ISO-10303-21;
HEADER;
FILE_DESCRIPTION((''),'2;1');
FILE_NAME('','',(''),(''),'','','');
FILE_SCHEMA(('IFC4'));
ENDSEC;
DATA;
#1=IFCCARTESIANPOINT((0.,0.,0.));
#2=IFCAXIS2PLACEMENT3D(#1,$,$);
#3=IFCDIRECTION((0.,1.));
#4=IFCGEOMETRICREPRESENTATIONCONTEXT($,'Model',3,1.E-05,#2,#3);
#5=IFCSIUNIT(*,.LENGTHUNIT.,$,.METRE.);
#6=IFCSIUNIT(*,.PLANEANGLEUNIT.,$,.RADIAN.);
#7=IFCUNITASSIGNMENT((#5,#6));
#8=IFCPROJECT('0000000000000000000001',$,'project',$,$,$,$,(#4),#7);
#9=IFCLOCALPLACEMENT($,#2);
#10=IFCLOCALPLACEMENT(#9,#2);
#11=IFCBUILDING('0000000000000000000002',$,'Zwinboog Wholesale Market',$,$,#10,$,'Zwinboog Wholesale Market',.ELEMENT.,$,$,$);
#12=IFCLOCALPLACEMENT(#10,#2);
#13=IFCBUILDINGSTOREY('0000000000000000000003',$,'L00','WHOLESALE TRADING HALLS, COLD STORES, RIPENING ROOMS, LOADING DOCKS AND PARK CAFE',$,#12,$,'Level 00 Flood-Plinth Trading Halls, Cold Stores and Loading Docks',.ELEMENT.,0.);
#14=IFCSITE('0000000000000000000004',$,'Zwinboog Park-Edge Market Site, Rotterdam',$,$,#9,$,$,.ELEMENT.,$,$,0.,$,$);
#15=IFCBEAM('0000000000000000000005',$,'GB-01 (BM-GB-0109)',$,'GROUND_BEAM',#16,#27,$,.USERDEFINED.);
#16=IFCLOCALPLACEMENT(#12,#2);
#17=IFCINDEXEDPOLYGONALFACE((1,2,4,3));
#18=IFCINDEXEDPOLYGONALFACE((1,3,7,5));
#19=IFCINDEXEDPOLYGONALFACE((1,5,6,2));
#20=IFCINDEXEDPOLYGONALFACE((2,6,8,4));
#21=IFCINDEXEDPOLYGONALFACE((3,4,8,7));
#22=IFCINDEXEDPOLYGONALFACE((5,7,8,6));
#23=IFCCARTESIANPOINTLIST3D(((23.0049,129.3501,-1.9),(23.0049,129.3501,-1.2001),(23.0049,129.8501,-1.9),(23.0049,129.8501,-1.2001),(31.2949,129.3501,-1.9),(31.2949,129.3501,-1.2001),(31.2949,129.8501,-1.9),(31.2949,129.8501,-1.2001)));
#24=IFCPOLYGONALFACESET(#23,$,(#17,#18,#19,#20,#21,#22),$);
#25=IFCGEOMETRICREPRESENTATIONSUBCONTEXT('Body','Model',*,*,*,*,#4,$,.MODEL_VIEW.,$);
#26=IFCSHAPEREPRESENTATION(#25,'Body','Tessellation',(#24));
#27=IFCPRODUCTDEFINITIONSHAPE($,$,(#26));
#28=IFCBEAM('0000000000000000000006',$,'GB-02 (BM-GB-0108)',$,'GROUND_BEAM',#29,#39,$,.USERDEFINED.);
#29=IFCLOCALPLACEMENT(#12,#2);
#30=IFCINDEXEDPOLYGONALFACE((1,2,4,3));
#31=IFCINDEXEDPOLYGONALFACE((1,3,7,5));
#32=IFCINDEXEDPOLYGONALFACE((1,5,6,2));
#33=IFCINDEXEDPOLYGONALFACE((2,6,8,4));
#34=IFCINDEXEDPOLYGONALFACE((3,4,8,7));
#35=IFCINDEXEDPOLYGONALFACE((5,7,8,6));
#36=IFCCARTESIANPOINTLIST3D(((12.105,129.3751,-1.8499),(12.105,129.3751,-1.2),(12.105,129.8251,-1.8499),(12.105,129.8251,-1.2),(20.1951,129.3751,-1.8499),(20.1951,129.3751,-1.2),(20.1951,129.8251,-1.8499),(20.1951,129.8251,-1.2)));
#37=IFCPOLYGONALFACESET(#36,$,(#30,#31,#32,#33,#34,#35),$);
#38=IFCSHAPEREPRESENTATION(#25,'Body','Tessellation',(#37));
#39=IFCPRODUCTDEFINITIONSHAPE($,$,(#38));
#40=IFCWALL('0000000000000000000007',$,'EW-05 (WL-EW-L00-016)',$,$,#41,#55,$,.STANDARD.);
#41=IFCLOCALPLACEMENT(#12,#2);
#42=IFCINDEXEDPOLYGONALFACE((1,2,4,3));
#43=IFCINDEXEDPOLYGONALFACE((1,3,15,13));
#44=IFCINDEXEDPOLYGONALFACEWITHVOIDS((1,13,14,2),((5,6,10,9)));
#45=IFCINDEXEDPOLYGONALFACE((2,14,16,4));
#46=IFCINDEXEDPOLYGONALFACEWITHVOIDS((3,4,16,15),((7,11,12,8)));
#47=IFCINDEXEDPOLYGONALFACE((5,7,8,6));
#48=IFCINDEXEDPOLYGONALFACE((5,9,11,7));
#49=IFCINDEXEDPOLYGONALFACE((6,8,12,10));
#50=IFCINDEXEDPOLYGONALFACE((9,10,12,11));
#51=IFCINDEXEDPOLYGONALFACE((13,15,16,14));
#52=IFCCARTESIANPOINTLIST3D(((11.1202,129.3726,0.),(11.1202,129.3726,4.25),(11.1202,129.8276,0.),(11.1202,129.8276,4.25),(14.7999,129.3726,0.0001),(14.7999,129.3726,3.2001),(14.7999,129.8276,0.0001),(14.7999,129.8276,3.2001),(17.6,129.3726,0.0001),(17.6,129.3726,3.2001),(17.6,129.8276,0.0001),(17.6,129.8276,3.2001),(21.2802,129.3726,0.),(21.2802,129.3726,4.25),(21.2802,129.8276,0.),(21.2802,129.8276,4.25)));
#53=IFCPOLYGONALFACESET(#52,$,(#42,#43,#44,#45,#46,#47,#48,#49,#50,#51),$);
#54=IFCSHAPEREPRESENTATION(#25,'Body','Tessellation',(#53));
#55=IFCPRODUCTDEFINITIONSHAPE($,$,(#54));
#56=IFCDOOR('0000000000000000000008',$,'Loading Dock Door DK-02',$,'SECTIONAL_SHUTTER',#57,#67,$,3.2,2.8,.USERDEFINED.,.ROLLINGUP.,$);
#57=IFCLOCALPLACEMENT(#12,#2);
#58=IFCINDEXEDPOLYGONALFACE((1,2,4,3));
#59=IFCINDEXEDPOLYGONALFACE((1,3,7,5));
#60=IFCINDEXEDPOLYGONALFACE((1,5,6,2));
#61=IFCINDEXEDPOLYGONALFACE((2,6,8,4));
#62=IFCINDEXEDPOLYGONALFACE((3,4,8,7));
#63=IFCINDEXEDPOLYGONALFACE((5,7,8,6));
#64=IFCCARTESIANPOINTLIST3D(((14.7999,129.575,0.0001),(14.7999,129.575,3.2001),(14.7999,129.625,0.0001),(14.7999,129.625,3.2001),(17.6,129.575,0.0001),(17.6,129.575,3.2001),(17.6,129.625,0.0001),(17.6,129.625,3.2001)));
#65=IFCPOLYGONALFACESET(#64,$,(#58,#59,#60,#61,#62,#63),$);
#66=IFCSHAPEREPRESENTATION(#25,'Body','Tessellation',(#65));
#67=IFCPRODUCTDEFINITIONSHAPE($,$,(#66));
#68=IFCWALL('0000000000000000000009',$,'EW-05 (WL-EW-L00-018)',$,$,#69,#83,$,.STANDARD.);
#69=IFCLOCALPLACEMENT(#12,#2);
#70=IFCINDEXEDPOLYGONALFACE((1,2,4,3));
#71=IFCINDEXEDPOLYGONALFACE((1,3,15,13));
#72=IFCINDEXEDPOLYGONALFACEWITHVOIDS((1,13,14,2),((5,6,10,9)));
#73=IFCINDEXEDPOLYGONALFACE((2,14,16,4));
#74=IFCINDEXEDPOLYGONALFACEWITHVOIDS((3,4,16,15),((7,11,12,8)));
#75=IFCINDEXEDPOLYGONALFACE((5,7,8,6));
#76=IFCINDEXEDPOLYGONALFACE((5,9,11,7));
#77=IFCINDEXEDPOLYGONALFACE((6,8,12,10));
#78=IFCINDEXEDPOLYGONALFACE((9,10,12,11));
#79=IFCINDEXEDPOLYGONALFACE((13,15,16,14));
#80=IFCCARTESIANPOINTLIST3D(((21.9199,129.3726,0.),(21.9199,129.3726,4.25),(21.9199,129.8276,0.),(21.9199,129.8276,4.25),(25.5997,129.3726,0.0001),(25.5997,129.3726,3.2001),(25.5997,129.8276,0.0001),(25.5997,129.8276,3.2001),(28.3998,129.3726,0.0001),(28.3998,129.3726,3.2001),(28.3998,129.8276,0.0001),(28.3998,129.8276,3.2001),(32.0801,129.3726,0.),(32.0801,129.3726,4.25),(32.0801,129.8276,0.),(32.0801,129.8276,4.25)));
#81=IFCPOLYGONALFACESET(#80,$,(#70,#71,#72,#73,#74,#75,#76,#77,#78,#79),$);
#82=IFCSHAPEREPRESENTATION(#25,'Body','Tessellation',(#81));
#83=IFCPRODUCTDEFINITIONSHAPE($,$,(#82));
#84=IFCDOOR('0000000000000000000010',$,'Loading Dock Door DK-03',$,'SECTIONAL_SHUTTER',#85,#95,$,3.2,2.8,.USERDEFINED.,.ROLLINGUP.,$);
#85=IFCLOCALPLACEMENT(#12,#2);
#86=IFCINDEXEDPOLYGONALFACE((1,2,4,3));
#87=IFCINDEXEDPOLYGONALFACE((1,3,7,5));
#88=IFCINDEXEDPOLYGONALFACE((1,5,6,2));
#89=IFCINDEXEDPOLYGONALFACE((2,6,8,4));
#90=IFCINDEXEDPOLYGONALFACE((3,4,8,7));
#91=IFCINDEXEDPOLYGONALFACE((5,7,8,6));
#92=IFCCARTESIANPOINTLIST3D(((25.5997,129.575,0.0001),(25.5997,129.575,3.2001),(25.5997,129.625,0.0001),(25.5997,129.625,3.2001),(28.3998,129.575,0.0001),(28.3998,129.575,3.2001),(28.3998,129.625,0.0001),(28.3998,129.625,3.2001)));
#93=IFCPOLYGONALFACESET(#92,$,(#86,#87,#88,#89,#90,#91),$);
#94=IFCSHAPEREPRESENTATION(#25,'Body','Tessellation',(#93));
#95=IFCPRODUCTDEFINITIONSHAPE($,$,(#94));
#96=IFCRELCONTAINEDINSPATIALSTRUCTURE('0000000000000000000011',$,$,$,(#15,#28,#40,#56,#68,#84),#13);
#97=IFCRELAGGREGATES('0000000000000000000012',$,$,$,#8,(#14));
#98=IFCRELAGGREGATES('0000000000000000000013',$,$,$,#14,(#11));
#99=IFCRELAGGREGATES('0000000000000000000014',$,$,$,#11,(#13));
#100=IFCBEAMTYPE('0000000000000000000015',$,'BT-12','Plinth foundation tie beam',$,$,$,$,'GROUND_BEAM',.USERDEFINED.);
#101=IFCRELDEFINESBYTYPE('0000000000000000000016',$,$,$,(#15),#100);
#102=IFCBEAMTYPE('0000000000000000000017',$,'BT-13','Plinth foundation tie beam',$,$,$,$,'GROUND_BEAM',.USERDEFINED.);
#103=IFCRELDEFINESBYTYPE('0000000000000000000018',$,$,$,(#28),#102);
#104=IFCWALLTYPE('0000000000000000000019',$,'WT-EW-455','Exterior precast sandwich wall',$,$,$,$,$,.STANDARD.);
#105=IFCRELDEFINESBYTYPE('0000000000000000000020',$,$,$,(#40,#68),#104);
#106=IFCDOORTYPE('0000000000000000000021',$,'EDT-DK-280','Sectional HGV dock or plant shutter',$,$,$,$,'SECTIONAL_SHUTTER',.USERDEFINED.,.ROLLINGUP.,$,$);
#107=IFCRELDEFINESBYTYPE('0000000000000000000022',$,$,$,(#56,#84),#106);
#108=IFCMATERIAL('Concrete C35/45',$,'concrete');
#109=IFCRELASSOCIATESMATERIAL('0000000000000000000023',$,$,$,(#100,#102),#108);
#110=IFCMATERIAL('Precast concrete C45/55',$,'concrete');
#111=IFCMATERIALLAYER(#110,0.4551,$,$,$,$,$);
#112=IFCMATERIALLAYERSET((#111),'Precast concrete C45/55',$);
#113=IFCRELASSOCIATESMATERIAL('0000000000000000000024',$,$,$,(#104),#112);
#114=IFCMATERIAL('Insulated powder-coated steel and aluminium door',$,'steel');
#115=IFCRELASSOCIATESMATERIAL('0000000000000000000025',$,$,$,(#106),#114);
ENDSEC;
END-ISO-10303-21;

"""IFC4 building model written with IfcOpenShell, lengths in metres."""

from ifc_helpers import new_model, si_unit, direction, frame, frame_2d, origin, origin_2d, place, context, subcontext, project, spatial, rectangle, extrude, material, layer, layer_set, material_profile, profile_set, type_object, element, fill, save


model = new_model("IFC4")

# Units and contexts
model_context = context("Model", 3, precision=1e-05, world=origin(), true_north=direction((0.0, 1.0)))
body_context = subcontext(model_context, "Body", "Model", "MODEL_VIEW")
ifc_project = project(units=[si_unit("LENGTHUNIT", "METRE"), si_unit("PLANEANGLEUNIT", "RADIAN")], contexts=[model_context])

# Site, building, storey
site_placement = place(None, origin())
site = spatial("IfcSite", under=ifc_project, at=site_placement, Name="Zwinboog Park-Edge Market Site, Rotterdam", CompositionType="ELEMENT", RefElevation=0.0)
building_placement = place(site_placement, origin())
building = spatial("IfcBuilding", under=site, at=building_placement, Name="Zwinboog Wholesale Market", LongName="Zwinboog Wholesale Market", CompositionType="ELEMENT")
storey_placement = place(building_placement, origin())
storey = spatial("IfcBuildingStorey", under=building, at=storey_placement, Name="L00", Description="WHOLESALE TRADING HALLS, COLD STORES, RIPENING ROOMS, LOADING DOCKS AND PARK CAFE", LongName="Level 00 Flood-Plinth Trading Halls, Cold Stores and Loading Docks", CompositionType="ELEMENT", Elevation=0.0)

# Shared definitions
ifc_material_1 = material(Name="Concrete C35/45", Category="concrete")

# Shared definitions
ifc_material_2 = material(Name="Precast concrete C45/55", Category="concrete")

# Beams
ifc_material_profile_1 = material_profile(ifc_material_1, rectangle(XDim=0.5, YDim=0.7, at=origin_2d()), Name="RC 500x700")
ifc_profile_set_1 = profile_set([ifc_material_profile_1], Name="Concrete C35/45")
beam_type_1 = type_object("IfcBeamType", Name="BT-12", Description="Plinth foundation tie beam", ElementType="GROUND_BEAM", PredefinedType="USERDEFINED", material=ifc_profile_set_1)
beam_1_placement = place(storey_placement, frame((23.0049, 129.6001, -1.55), z_axis=(1.0, 0.0, 0.0), x_axis=(0.0, 1.0, 0.0)))
element("IfcBeam", 1, at=beam_1_placement, inside=storey, type_object=beam_type_1, Name="GB-01 (BM-GB-0109)", ObjectType="GROUND_BEAM", PredefinedType="USERDEFINED", context=body_context, shape_type="SweptSolid", body=[
    extrude(rectangle(XDim=0.5, YDim=0.7, at=origin_2d()), origin(), (0.0, 0.0, 1.0), 8.29),
])
ifc_material_profile_2 = material_profile(ifc_material_1, rectangle(XDim=0.45, YDim=0.6499, at=origin_2d()), Name="RC 450x650")
ifc_profile_set_2 = profile_set([ifc_material_profile_2], Name="Concrete C35/45")
beam_type_2 = type_object("IfcBeamType", Name="BT-13", Description="Plinth foundation tie beam", ElementType="GROUND_BEAM", PredefinedType="USERDEFINED", material=ifc_profile_set_2)
beam_2_placement = place(storey_placement, frame((12.105, 129.6001, -1.5249), z_axis=(1.0, 0.0, 0.0), x_axis=(0.0, 1.0, 0.0)))
element("IfcBeam", 2, at=beam_2_placement, inside=storey, type_object=beam_type_2, Name="GB-02 (BM-GB-0108)", ObjectType="GROUND_BEAM", PredefinedType="USERDEFINED", context=body_context, shape_type="SweptSolid", body=[
    extrude(rectangle(XDim=0.45, YDim=0.6499, at=origin_2d()), origin(), (0.0, 0.0, 1.0), 8.0901),
])

# Walls, openings, doors
ifc_layer = layer(ifc_material_2, 0.4551)
ifc_layer_set = layer_set([ifc_layer], Name="Precast concrete C45/55")
wall_type = type_object("IfcWallType", Name="WT-EW-455", Description="Exterior precast sandwich wall", PredefinedType="STANDARD", material=ifc_layer_set)
wall_1_placement = place(storey_placement, frame((11.1201, 129.6001, 0.0), z_axis=(0.0, 0.0, 1.0), x_axis=(1.0, 0.0, 0.0)))
wall_1 = element("IfcWall", 3, at=wall_1_placement, inside=storey, type_object=wall_type, Name="EW-05 (WL-EW-L00-016)", PredefinedType="STANDARD", context=body_context, shape_type="SweptSolid", body=[
    extrude(rectangle(XDim=10.1599, YDim=0.4551, at=frame_2d((5.0801, 0.0))), origin(), (0.0, 0.0, 1.0), 4.25),
])
opening_1_placement = place(wall_1_placement, frame((3.6799, 0.0, 0.0)))
opening_1 = element("IfcOpeningElement", 4, at=opening_1_placement, cuts=wall_1, PredefinedType="OPENING", context=body_context, shape_type="SweptSolid", body=[
    extrude(rectangle(XDim=2.8, YDim=3.2, at=frame_2d((1.3999, 1.6001))), frame((0.0, 0.2375, 0.0), z_axis=(0.0, -1.0, 0.0), x_axis=(1.0, 0.0, 0.0)), (0.0, 0.0, 1.0), 0.4751),
])
ifc_material_3 = material(Name="Insulated powder-coated steel and aluminium door", Category="steel")
door_type = type_object("IfcDoorType", Name="EDT-DK-280", Description="Sectional HGV dock or plant shutter", ElementType="SECTIONAL_SHUTTER", OperationType="ROLLINGUP", PredefinedType="USERDEFINED", material=ifc_material_3)
door_1_placement = place(opening_1_placement, origin())
door_1 = element("IfcDoor", 5, at=door_1_placement, inside=storey, type_object=door_type, Name="Loading Dock Door DK-02", ObjectType="SECTIONAL_SHUTTER", OperationType="ROLLINGUP", OverallHeight=3.2, OverallWidth=2.8, PredefinedType="USERDEFINED", context=body_context, shape_type="SweptSolid", body=[
    extrude(rectangle(XDim=2.8, YDim=3.2, at=frame_2d((1.3999, 1.6001))), frame((0.0, 0.0249, 0.0), z_axis=(0.0, -1.0, 0.0), x_axis=(1.0, 0.0, 0.0)), (0.0, 0.0, 1.0), 0.05),
])
fill(opening_1, door_1)
wall_2_placement = place(storey_placement, frame((21.9199, 129.6001, 0.0), z_axis=(0.0, 0.0, 1.0), x_axis=(1.0, 0.0, 0.0)))
wall_2 = element("IfcWall", 6, at=wall_2_placement, inside=storey, type_object=wall_type, Name="EW-05 (WL-EW-L00-018)", PredefinedType="STANDARD", context=body_context, shape_type="SweptSolid", body=[
    extrude(rectangle(XDim=10.1602, YDim=0.4551, at=frame_2d((5.0801, 0.0))), origin(), (0.0, 0.0, 1.0), 4.25),
])
opening_2_placement = place(wall_2_placement, frame((3.6799, 0.0, 0.0)))
opening_2 = element("IfcOpeningElement", 7, at=opening_2_placement, cuts=wall_2, PredefinedType="OPENING", context=body_context, shape_type="SweptSolid", body=[
    extrude(rectangle(XDim=2.8, YDim=3.2, at=frame_2d((1.3999, 1.6001))), frame((0.0, 0.2375, 0.0), z_axis=(0.0, -1.0, 0.0), x_axis=(1.0, 0.0, 0.0)), (0.0, 0.0, 1.0), 0.4751),
])
door_2_placement = place(opening_2_placement, origin())
door_2 = element("IfcDoor", 8, at=door_2_placement, inside=storey, type_object=door_type, Name="Loading Dock Door DK-03", ObjectType="SECTIONAL_SHUTTER", OperationType="ROLLINGUP", OverallHeight=3.2, OverallWidth=2.8, PredefinedType="USERDEFINED", context=body_context, shape_type="SweptSolid", body=[
    extrude(rectangle(XDim=2.8, YDim=3.2, at=frame_2d((1.3999, 1.6001))), frame((0.0, 0.0249, 0.0), z_axis=(0.0, -1.0, 0.0), x_axis=(1.0, 0.0, 0.0)), (0.0, 0.0, 1.0), 0.05),
])
fill(opening_2, door_2)

save(model, "model.ifc")
